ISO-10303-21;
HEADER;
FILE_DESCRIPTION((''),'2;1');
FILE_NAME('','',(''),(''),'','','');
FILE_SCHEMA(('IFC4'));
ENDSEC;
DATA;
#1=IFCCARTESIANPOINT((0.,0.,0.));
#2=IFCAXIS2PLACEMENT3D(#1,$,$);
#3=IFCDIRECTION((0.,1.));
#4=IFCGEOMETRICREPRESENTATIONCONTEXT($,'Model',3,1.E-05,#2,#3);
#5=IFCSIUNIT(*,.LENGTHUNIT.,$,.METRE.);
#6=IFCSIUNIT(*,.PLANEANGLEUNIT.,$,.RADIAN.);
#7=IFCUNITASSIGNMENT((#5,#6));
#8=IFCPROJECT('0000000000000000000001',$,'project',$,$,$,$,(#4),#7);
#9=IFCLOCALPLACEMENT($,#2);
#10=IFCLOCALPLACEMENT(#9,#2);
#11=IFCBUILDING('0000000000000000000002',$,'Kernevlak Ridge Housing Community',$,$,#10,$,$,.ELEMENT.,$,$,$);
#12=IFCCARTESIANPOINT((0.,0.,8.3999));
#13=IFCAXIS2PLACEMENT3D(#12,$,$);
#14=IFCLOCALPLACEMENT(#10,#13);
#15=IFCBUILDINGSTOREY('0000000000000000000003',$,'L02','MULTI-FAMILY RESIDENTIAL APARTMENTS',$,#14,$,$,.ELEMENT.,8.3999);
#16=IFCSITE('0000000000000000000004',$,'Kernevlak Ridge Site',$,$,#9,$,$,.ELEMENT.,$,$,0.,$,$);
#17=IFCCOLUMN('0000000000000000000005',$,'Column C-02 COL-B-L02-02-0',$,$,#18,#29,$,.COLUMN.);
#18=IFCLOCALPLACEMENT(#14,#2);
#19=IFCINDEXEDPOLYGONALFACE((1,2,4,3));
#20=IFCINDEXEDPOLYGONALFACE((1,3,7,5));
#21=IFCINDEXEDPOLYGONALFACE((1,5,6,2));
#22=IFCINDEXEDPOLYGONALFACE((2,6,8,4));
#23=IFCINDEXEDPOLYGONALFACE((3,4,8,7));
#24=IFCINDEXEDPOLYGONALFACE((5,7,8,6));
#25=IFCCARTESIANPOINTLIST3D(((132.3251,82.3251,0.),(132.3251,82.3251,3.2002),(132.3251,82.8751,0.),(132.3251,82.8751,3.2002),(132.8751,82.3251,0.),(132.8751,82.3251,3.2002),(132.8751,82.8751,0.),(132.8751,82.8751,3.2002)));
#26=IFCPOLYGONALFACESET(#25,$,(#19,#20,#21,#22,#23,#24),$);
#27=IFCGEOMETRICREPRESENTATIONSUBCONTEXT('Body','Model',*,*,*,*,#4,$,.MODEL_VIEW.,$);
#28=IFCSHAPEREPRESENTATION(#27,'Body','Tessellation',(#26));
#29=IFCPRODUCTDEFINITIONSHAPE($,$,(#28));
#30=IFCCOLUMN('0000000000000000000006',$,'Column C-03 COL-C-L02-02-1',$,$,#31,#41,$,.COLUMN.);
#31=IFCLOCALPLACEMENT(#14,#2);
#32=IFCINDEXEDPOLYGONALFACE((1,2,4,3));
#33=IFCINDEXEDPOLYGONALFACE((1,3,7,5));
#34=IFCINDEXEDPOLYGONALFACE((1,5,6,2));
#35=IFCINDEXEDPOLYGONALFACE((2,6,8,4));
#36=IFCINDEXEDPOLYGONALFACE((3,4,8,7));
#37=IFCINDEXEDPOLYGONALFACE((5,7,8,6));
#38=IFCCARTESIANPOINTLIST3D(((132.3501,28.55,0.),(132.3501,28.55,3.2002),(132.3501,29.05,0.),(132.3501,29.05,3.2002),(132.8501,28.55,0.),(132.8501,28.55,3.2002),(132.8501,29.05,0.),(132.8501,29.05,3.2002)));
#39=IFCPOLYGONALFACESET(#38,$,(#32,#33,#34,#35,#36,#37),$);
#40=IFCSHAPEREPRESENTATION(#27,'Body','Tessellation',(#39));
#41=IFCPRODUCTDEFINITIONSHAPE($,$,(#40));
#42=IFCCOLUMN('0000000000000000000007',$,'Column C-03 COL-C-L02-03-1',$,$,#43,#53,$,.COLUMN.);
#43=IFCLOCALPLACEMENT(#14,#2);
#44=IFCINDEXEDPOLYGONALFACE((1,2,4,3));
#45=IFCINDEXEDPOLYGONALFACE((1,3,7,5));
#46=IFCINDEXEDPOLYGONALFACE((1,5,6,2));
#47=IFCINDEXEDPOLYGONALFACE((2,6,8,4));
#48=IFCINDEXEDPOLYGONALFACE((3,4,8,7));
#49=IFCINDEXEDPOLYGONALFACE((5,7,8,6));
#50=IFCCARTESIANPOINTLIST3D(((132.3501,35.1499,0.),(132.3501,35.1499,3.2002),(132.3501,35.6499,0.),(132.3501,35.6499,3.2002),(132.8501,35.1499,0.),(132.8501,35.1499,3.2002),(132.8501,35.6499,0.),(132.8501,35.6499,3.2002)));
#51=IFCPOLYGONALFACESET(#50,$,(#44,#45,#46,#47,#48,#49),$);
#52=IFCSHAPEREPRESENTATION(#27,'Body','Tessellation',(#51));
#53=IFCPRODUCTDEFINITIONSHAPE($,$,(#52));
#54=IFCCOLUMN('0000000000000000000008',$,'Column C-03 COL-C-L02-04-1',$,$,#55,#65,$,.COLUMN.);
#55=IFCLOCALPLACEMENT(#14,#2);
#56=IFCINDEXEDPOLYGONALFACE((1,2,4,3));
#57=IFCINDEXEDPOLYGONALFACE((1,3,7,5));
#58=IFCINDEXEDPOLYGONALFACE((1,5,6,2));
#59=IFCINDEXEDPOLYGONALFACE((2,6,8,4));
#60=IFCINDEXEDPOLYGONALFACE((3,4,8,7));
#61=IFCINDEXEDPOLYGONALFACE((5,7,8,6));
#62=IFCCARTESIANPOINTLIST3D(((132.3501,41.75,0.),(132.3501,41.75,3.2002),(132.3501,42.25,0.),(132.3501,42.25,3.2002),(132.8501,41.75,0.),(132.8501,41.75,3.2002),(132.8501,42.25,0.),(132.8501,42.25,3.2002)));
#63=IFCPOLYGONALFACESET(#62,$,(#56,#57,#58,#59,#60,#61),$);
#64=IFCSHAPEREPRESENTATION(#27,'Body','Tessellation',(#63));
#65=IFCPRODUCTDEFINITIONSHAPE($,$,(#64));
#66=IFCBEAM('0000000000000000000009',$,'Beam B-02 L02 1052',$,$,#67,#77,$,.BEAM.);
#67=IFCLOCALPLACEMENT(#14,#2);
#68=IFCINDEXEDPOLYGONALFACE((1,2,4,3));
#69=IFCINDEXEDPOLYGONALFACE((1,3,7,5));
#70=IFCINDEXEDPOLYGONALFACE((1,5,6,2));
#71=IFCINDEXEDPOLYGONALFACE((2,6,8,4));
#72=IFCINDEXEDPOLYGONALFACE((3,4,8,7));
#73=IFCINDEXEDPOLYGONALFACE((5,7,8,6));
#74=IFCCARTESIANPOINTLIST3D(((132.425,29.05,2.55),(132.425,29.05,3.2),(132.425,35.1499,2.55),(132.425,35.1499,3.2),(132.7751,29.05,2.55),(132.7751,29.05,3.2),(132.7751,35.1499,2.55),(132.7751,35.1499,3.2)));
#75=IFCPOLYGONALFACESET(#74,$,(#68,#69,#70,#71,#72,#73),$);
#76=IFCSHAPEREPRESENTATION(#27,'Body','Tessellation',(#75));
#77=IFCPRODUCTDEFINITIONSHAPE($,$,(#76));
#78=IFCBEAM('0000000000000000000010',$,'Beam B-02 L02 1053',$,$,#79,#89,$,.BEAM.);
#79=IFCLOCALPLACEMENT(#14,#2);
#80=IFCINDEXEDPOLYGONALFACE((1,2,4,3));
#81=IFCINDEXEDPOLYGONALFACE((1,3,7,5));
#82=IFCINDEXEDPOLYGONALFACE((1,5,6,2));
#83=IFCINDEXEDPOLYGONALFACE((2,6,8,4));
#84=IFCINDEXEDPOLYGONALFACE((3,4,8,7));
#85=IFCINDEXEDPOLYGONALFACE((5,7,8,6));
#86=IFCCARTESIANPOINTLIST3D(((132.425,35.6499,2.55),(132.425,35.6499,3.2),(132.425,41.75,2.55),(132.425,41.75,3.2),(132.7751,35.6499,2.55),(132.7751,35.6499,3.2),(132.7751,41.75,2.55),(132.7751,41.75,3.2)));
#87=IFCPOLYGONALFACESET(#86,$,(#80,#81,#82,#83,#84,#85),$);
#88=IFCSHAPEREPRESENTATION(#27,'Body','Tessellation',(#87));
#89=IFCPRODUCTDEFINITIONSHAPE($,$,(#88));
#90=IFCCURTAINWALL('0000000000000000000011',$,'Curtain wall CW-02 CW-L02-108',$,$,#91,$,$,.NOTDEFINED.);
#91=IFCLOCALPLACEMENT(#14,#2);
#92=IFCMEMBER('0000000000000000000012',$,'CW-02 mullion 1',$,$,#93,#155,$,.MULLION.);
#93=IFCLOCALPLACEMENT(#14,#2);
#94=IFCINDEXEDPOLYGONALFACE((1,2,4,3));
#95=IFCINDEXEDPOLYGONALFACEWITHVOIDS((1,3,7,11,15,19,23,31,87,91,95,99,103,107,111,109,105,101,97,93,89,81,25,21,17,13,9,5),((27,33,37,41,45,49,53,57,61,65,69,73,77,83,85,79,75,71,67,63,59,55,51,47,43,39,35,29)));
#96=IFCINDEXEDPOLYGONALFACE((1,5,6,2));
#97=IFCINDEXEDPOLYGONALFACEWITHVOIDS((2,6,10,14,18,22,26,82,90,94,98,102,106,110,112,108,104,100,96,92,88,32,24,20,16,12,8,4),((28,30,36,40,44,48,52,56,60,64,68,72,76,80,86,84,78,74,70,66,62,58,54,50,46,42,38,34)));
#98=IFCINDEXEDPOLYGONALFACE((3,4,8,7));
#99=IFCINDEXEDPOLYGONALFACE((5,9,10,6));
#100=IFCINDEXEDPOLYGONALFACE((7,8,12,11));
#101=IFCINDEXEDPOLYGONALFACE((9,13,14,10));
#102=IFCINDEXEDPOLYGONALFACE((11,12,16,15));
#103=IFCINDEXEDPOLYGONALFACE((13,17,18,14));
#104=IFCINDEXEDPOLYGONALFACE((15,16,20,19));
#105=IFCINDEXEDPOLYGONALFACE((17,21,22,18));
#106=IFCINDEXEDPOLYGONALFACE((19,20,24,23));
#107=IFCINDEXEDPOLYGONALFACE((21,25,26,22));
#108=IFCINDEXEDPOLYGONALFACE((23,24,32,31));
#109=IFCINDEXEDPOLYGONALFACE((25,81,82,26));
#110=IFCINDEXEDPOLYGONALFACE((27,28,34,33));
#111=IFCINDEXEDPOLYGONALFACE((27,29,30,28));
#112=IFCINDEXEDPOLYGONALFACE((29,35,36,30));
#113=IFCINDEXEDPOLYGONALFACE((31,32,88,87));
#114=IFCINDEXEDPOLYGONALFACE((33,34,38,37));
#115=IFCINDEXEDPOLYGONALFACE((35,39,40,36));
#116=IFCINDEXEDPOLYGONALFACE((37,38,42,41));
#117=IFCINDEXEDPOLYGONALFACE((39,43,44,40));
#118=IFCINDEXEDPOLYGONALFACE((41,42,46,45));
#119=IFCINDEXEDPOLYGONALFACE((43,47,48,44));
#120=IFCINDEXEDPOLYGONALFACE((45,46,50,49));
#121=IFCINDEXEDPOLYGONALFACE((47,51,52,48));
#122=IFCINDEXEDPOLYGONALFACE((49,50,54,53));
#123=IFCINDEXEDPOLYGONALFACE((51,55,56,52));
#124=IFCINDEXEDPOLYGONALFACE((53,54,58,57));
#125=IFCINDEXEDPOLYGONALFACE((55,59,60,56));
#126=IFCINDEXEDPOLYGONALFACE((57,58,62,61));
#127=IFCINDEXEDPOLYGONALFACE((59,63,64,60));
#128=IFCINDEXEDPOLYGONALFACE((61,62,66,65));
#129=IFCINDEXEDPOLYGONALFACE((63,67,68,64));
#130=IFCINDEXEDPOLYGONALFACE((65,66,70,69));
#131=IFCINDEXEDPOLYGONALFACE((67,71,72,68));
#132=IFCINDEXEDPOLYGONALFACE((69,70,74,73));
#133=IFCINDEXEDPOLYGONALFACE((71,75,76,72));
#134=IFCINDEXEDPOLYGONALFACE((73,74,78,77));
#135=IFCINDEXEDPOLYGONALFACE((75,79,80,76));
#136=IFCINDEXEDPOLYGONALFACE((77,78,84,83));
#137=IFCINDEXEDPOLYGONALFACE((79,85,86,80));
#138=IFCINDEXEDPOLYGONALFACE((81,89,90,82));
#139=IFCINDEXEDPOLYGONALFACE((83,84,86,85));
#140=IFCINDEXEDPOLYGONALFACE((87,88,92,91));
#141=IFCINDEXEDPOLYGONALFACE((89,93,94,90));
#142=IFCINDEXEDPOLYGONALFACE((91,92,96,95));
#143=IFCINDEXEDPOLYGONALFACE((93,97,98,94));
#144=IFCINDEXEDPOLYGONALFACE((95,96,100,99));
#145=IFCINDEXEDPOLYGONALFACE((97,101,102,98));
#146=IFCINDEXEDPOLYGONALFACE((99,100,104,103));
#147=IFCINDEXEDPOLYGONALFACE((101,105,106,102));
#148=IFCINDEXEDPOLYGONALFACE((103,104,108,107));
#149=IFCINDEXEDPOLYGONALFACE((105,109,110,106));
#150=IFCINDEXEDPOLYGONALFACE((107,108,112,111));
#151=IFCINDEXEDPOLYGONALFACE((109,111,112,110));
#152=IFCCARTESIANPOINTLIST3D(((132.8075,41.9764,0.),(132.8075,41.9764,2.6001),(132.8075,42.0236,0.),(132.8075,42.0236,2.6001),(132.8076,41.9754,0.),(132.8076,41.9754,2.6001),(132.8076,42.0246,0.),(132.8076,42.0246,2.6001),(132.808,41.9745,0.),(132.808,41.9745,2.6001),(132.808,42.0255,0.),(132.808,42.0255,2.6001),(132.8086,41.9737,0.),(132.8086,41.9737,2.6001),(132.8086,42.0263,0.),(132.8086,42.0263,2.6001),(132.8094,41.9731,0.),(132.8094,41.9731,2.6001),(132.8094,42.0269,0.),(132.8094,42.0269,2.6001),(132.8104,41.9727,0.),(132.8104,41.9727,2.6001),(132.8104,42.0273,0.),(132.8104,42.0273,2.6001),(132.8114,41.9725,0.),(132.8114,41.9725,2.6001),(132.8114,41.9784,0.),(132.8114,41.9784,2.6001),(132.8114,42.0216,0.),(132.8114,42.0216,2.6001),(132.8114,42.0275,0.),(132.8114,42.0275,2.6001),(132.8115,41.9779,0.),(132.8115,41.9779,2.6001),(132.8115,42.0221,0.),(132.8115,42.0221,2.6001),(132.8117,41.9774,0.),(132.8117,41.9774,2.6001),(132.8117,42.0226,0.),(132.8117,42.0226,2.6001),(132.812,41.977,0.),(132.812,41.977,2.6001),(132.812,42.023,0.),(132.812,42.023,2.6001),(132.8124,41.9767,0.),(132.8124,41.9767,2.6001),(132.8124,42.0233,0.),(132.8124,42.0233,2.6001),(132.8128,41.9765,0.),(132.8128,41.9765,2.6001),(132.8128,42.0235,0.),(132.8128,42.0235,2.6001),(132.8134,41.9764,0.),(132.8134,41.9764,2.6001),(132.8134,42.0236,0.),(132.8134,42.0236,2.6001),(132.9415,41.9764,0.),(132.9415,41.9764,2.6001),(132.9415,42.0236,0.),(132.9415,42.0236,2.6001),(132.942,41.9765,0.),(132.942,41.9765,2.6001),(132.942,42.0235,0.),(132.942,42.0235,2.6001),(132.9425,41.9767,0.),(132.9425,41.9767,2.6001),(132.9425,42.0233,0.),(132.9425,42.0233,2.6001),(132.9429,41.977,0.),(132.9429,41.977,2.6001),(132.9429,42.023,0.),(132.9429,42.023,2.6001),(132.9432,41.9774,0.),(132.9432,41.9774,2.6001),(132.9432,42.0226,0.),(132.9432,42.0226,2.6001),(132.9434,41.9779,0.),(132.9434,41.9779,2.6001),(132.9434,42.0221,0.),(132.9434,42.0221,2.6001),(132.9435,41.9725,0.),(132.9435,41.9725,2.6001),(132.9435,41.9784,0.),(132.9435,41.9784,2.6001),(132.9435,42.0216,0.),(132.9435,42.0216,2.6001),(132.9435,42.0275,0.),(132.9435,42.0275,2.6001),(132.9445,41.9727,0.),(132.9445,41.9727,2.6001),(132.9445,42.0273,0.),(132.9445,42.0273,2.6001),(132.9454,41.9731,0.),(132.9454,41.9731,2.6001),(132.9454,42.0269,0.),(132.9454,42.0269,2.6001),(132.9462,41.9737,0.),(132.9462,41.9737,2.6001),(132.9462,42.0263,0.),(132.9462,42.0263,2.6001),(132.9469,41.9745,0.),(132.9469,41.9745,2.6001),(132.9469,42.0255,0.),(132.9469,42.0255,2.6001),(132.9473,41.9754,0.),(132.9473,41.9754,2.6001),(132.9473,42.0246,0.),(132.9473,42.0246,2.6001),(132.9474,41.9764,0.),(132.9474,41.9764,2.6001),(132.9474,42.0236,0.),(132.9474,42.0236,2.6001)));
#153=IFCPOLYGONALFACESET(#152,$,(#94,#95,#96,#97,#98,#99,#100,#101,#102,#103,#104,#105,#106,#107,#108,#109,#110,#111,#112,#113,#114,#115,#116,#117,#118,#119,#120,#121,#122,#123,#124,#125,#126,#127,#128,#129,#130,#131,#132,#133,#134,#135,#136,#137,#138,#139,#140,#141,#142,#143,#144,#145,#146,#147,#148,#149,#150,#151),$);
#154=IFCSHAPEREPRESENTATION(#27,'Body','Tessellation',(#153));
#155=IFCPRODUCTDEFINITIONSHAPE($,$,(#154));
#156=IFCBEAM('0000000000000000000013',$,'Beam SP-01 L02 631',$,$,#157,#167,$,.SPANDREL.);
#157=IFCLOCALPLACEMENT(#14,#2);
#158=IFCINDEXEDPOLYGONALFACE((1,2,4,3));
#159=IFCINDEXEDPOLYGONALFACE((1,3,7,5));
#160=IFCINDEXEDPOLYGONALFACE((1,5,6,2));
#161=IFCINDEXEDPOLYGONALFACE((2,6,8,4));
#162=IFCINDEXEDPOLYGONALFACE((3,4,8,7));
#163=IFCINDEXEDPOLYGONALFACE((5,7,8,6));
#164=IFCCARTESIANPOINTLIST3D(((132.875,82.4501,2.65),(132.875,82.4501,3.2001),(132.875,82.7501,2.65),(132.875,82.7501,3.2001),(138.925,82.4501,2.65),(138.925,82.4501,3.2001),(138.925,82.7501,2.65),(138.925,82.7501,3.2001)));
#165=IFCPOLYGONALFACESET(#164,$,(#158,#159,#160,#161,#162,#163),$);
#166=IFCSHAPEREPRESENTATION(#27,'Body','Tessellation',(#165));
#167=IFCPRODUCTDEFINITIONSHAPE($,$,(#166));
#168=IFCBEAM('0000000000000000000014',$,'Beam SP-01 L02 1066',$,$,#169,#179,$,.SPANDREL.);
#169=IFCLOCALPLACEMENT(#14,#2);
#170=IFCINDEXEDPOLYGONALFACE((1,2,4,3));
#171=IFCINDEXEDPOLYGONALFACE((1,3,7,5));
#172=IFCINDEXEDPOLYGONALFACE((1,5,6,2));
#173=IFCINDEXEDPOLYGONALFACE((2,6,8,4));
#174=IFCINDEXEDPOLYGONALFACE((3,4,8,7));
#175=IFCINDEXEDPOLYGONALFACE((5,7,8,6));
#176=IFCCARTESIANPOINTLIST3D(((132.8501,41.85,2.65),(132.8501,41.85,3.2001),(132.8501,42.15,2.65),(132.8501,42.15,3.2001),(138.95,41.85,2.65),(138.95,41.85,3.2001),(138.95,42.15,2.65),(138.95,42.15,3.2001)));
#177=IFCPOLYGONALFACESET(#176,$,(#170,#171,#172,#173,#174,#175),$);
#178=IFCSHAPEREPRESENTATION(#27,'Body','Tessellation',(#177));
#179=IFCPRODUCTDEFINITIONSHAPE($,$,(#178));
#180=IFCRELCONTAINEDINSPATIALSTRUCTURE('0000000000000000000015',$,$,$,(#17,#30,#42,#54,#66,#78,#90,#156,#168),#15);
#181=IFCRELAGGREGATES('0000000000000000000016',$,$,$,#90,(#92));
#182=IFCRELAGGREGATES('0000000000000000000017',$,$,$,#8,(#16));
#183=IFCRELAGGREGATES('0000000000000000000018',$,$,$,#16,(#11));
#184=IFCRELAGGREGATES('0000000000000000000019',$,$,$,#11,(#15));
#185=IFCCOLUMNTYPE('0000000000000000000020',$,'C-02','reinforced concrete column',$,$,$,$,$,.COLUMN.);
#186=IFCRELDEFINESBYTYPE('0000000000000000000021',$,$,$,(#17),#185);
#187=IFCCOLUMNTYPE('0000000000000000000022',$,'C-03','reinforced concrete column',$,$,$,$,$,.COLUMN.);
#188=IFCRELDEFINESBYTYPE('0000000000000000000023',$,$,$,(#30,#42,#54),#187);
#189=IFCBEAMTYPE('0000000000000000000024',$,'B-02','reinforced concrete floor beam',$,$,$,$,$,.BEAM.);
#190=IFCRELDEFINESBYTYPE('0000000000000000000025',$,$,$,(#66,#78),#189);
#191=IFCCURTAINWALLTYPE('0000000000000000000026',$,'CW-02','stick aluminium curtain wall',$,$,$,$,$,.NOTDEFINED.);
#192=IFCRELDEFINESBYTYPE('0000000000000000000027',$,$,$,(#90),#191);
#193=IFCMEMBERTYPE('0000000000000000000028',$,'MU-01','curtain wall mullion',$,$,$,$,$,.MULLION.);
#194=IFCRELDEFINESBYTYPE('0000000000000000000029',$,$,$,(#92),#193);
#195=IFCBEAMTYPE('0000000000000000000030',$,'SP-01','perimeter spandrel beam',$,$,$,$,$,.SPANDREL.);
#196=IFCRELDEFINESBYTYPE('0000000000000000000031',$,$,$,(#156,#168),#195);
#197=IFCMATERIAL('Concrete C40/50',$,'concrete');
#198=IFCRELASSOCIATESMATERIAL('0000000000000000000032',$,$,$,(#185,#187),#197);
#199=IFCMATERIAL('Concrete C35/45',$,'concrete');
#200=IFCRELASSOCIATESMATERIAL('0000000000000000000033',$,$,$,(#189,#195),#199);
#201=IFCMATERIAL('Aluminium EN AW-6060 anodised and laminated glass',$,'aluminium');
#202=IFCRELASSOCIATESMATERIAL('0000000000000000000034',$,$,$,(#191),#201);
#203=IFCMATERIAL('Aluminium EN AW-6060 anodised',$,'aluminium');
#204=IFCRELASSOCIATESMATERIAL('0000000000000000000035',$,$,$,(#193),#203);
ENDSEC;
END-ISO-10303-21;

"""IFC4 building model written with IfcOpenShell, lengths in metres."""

from ifc_helpers import new_model, si_unit, direction, frame, origin, origin_2d, place, context, subcontext, project, spatial, rectangle, hollow_rectangle, extrude, material, material_profile, profile_set, type_object, element, aggregate, save


model = new_model("IFC4")

# Units and contexts
model_context = context("Model", 3, precision=1e-05, world=origin(), true_north=direction((0.0, 1.0)))
body_context = subcontext(model_context, "Body", "Model", "MODEL_VIEW")
ifc_project = project(units=[si_unit("LENGTHUNIT", "METRE"), si_unit("PLANEANGLEUNIT", "RADIAN")], contexts=[model_context])

# Site, building, storey
site_placement = place(None, origin())
site = spatial("IfcSite", under=ifc_project, at=site_placement, Name="Kernevlak Ridge Site", CompositionType="ELEMENT", RefElevation=0.0)
building_placement = place(site_placement, origin())
building = spatial("IfcBuilding", under=site, at=building_placement, Name="Kernevlak Ridge Housing Community", CompositionType="ELEMENT")
storey_placement = place(building_placement, frame((0.0, 0.0, 8.3999)))
storey = spatial("IfcBuildingStorey", under=building, at=storey_placement, Name="L02", Description="MULTI-FAMILY RESIDENTIAL APARTMENTS", CompositionType="ELEMENT", Elevation=8.3999)

# Columns
ifc_material_1 = material(Name="Concrete C40/50", Category="concrete")
ifc_material_profile_1 = material_profile(ifc_material_1, rectangle(XDim=0.55, YDim=0.55, at=origin_2d()), Name="RC 550x550")
ifc_profile_set_1 = profile_set([ifc_material_profile_1], Name="Concrete C40/50")
column_type_1 = type_object("IfcColumnType", Name="C-02", Description="reinforced concrete column", PredefinedType="COLUMN", material=ifc_profile_set_1)
column_placement = place(storey_placement, frame((132.6001, 82.6001, 0.0), z_axis=(0.0, 0.0, 1.0), x_axis=(1.0, 0.0, 0.0)))
element("IfcColumn", 1, at=column_placement, inside=storey, type_object=column_type_1, Name="Column C-02 COL-B-L02-02-0", PredefinedType="COLUMN", context=body_context, shape_type="SweptSolid", body=[
    extrude(rectangle(XDim=0.55, YDim=0.55, at=origin_2d()), origin(), (0.0, 0.0, 1.0), 3.2002),
])
ifc_material_profile_2 = material_profile(ifc_material_1, rectangle(XDim=0.5, YDim=0.5, at=origin_2d()), Name="RC 500x500")
ifc_profile_set_2 = profile_set([ifc_material_profile_2], Name="Concrete C40/50")
column_type_2 = type_object("IfcColumnType", Name="C-03", Description="reinforced concrete column", PredefinedType="COLUMN", material=ifc_profile_set_2)
for number, where, z_axis, x_axis, name in (
    (2, (132.6001, 28.8, 0.0), (0.0, 0.0, 1.0), (1.0, 0.0, 0.0), "Column C-03 COL-C-L02-02-1"),
    (3, (132.6001, 35.3999, 0.0), (0.0, 0.0, 1.0), (1.0, 0.0, 0.0), "Column C-03 COL-C-L02-03-1"),
    (4, (132.6001, 42.0, 0.0), (0.0, 0.0, 1.0), (1.0, 0.0, 0.0), "Column C-03 COL-C-L02-04-1"),
):
    element("IfcColumn", number, at=place(storey_placement, frame(where, z_axis=z_axis, x_axis=x_axis)), inside=storey, type_object=column_type_2, Name=name, PredefinedType="COLUMN", context=body_context, shape_type="SweptSolid", body=[
        extrude(rectangle(XDim=0.5, YDim=0.5, at=origin_2d()), origin(), (0.0, 0.0, 1.0), 3.2002),
    ])

# Beams
ifc_material_2 = material(Name="Concrete C35/45", Category="concrete")
ifc_material_profile_3 = material_profile(ifc_material_2, rectangle(XDim=0.3501, YDim=0.6499, at=origin_2d()), Name="RC 350x650")
ifc_profile_set_3 = profile_set([ifc_material_profile_3], Name="Concrete C35/45")
beam_type_1 = type_object("IfcBeamType", Name="B-02", Description="reinforced concrete floor beam", PredefinedType="BEAM", material=ifc_profile_set_3)
beam_1_placement = place(storey_placement, frame((132.6001, 29.05, 2.875), z_axis=(0.0, 1.0, 0.0), x_axis=(-1.0, 0.0, 0.0)))
element("IfcBeam", 5, at=beam_1_placement, inside=storey, type_object=beam_type_1, Name="Beam B-02 L02 1052", PredefinedType="BEAM", context=body_context, shape_type="SweptSolid", body=[
    extrude(rectangle(XDim=0.3501, YDim=0.6499, at=origin_2d()), origin(), (0.0, 0.0, 1.0), 6.0999),
])
beam_2_placement = place(storey_placement, frame((132.6001, 35.6499, 2.875), z_axis=(0.0, 1.0, 0.0), x_axis=(-1.0, 0.0, 0.0)))
element("IfcBeam", 6, at=beam_2_placement, inside=storey, type_object=beam_type_1, Name="Beam B-02 L02 1053", PredefinedType="BEAM", context=body_context, shape_type="SweptSolid", body=[
    extrude(rectangle(XDim=0.3501, YDim=0.6499, at=origin_2d()), origin(), (0.0, 0.0, 1.0), 6.1001),
])

# Curtain wall, member
ifc_material_3 = material(Name="Aluminium EN AW-6060 anodised and laminated glass", Category="aluminium")
curtain_wall_type = type_object("IfcCurtainWallType", Name="CW-02", Description="stick aluminium curtain wall", PredefinedType="NOTDEFINED", material=ifc_material_3)
curtain_wall_placement = place(storey_placement, origin())
curtain_wall = element("IfcCurtainWall", 7, at=curtain_wall_placement, inside=storey, type_object=curtain_wall_type, Name="Curtain wall CW-02 CW-L02-108", PredefinedType="NOTDEFINED")
ifc_material_4 = material(Name="Aluminium EN AW-6060 anodised", Category="aluminium")
ifc_material_profile_4 = material_profile(ifc_material_4, hollow_rectangle(XDim=0.0549, YDim=0.1399, WallThickness=0.0039, InnerFilletRadius=0.002, OuterFilletRadius=0.0039, at=origin_2d()), Name="ALU 55x140x4")
ifc_profile_set_4 = profile_set([ifc_material_profile_4], Name="Aluminium EN AW-6060 anodised")
member_type_1 = type_object("IfcMemberType", Name="MU-01", Description="curtain wall mullion", PredefinedType="MULLION", material=ifc_profile_set_4)
member_1_placement = place(storey_placement, frame((132.8774, 42.0, 0.0), z_axis=(0.0, 0.0, 1.0), x_axis=(0.0, 1.0, 0.0)))
member_1 = element("IfcMember", 8, at=member_1_placement, type_object=member_type_1, Name="CW-02 mullion 1", PredefinedType="MULLION", context=body_context, shape_type="SweptSolid", body=[
    extrude(hollow_rectangle(XDim=0.0549, YDim=0.1399, WallThickness=0.0039, InnerFilletRadius=0.002, OuterFilletRadius=0.0039, at=origin_2d()), origin(), (0.0, 0.0, 1.0), 2.6001),
])

# Beams
ifc_material_profile_5 = material_profile(ifc_material_2, rectangle(XDim=0.3, YDim=0.55, at=origin_2d()), Name="RC 300x550")
ifc_profile_set_5 = profile_set([ifc_material_profile_5], Name="Concrete C35/45")
beam_type_2 = type_object("IfcBeamType", Name="SP-01", Description="perimeter spandrel beam", PredefinedType="SPANDREL", material=ifc_profile_set_5)
beam_3_placement = place(storey_placement, frame((132.875, 82.6001, 2.925), z_axis=(1.0, 0.0, 0.0), x_axis=(0.0, 1.0, 0.0)))
element("IfcBeam", 9, at=beam_3_placement, inside=storey, type_object=beam_type_2, Name="Beam SP-01 L02 631", PredefinedType="SPANDREL", context=body_context, shape_type="SweptSolid", body=[
    extrude(rectangle(XDim=0.3, YDim=0.55, at=origin_2d()), origin(), (0.0, 0.0, 1.0), 6.05),
])
beam_4_placement = place(storey_placement, frame((132.8501, 42.0, 2.925), z_axis=(1.0, 0.0, 0.0), x_axis=(0.0, 1.0, 0.0)))
element("IfcBeam", 10, at=beam_4_placement, inside=storey, type_object=beam_type_2, Name="Beam SP-01 L02 1066", PredefinedType="SPANDREL", context=body_context, shape_type="SweptSolid", body=[
    extrude(rectangle(XDim=0.3, YDim=0.55, at=origin_2d()), origin(), (0.0, 0.0, 1.0), 6.0999),
])

aggregate(curtain_wall, [member_1])

save(model, "model.ifc")
